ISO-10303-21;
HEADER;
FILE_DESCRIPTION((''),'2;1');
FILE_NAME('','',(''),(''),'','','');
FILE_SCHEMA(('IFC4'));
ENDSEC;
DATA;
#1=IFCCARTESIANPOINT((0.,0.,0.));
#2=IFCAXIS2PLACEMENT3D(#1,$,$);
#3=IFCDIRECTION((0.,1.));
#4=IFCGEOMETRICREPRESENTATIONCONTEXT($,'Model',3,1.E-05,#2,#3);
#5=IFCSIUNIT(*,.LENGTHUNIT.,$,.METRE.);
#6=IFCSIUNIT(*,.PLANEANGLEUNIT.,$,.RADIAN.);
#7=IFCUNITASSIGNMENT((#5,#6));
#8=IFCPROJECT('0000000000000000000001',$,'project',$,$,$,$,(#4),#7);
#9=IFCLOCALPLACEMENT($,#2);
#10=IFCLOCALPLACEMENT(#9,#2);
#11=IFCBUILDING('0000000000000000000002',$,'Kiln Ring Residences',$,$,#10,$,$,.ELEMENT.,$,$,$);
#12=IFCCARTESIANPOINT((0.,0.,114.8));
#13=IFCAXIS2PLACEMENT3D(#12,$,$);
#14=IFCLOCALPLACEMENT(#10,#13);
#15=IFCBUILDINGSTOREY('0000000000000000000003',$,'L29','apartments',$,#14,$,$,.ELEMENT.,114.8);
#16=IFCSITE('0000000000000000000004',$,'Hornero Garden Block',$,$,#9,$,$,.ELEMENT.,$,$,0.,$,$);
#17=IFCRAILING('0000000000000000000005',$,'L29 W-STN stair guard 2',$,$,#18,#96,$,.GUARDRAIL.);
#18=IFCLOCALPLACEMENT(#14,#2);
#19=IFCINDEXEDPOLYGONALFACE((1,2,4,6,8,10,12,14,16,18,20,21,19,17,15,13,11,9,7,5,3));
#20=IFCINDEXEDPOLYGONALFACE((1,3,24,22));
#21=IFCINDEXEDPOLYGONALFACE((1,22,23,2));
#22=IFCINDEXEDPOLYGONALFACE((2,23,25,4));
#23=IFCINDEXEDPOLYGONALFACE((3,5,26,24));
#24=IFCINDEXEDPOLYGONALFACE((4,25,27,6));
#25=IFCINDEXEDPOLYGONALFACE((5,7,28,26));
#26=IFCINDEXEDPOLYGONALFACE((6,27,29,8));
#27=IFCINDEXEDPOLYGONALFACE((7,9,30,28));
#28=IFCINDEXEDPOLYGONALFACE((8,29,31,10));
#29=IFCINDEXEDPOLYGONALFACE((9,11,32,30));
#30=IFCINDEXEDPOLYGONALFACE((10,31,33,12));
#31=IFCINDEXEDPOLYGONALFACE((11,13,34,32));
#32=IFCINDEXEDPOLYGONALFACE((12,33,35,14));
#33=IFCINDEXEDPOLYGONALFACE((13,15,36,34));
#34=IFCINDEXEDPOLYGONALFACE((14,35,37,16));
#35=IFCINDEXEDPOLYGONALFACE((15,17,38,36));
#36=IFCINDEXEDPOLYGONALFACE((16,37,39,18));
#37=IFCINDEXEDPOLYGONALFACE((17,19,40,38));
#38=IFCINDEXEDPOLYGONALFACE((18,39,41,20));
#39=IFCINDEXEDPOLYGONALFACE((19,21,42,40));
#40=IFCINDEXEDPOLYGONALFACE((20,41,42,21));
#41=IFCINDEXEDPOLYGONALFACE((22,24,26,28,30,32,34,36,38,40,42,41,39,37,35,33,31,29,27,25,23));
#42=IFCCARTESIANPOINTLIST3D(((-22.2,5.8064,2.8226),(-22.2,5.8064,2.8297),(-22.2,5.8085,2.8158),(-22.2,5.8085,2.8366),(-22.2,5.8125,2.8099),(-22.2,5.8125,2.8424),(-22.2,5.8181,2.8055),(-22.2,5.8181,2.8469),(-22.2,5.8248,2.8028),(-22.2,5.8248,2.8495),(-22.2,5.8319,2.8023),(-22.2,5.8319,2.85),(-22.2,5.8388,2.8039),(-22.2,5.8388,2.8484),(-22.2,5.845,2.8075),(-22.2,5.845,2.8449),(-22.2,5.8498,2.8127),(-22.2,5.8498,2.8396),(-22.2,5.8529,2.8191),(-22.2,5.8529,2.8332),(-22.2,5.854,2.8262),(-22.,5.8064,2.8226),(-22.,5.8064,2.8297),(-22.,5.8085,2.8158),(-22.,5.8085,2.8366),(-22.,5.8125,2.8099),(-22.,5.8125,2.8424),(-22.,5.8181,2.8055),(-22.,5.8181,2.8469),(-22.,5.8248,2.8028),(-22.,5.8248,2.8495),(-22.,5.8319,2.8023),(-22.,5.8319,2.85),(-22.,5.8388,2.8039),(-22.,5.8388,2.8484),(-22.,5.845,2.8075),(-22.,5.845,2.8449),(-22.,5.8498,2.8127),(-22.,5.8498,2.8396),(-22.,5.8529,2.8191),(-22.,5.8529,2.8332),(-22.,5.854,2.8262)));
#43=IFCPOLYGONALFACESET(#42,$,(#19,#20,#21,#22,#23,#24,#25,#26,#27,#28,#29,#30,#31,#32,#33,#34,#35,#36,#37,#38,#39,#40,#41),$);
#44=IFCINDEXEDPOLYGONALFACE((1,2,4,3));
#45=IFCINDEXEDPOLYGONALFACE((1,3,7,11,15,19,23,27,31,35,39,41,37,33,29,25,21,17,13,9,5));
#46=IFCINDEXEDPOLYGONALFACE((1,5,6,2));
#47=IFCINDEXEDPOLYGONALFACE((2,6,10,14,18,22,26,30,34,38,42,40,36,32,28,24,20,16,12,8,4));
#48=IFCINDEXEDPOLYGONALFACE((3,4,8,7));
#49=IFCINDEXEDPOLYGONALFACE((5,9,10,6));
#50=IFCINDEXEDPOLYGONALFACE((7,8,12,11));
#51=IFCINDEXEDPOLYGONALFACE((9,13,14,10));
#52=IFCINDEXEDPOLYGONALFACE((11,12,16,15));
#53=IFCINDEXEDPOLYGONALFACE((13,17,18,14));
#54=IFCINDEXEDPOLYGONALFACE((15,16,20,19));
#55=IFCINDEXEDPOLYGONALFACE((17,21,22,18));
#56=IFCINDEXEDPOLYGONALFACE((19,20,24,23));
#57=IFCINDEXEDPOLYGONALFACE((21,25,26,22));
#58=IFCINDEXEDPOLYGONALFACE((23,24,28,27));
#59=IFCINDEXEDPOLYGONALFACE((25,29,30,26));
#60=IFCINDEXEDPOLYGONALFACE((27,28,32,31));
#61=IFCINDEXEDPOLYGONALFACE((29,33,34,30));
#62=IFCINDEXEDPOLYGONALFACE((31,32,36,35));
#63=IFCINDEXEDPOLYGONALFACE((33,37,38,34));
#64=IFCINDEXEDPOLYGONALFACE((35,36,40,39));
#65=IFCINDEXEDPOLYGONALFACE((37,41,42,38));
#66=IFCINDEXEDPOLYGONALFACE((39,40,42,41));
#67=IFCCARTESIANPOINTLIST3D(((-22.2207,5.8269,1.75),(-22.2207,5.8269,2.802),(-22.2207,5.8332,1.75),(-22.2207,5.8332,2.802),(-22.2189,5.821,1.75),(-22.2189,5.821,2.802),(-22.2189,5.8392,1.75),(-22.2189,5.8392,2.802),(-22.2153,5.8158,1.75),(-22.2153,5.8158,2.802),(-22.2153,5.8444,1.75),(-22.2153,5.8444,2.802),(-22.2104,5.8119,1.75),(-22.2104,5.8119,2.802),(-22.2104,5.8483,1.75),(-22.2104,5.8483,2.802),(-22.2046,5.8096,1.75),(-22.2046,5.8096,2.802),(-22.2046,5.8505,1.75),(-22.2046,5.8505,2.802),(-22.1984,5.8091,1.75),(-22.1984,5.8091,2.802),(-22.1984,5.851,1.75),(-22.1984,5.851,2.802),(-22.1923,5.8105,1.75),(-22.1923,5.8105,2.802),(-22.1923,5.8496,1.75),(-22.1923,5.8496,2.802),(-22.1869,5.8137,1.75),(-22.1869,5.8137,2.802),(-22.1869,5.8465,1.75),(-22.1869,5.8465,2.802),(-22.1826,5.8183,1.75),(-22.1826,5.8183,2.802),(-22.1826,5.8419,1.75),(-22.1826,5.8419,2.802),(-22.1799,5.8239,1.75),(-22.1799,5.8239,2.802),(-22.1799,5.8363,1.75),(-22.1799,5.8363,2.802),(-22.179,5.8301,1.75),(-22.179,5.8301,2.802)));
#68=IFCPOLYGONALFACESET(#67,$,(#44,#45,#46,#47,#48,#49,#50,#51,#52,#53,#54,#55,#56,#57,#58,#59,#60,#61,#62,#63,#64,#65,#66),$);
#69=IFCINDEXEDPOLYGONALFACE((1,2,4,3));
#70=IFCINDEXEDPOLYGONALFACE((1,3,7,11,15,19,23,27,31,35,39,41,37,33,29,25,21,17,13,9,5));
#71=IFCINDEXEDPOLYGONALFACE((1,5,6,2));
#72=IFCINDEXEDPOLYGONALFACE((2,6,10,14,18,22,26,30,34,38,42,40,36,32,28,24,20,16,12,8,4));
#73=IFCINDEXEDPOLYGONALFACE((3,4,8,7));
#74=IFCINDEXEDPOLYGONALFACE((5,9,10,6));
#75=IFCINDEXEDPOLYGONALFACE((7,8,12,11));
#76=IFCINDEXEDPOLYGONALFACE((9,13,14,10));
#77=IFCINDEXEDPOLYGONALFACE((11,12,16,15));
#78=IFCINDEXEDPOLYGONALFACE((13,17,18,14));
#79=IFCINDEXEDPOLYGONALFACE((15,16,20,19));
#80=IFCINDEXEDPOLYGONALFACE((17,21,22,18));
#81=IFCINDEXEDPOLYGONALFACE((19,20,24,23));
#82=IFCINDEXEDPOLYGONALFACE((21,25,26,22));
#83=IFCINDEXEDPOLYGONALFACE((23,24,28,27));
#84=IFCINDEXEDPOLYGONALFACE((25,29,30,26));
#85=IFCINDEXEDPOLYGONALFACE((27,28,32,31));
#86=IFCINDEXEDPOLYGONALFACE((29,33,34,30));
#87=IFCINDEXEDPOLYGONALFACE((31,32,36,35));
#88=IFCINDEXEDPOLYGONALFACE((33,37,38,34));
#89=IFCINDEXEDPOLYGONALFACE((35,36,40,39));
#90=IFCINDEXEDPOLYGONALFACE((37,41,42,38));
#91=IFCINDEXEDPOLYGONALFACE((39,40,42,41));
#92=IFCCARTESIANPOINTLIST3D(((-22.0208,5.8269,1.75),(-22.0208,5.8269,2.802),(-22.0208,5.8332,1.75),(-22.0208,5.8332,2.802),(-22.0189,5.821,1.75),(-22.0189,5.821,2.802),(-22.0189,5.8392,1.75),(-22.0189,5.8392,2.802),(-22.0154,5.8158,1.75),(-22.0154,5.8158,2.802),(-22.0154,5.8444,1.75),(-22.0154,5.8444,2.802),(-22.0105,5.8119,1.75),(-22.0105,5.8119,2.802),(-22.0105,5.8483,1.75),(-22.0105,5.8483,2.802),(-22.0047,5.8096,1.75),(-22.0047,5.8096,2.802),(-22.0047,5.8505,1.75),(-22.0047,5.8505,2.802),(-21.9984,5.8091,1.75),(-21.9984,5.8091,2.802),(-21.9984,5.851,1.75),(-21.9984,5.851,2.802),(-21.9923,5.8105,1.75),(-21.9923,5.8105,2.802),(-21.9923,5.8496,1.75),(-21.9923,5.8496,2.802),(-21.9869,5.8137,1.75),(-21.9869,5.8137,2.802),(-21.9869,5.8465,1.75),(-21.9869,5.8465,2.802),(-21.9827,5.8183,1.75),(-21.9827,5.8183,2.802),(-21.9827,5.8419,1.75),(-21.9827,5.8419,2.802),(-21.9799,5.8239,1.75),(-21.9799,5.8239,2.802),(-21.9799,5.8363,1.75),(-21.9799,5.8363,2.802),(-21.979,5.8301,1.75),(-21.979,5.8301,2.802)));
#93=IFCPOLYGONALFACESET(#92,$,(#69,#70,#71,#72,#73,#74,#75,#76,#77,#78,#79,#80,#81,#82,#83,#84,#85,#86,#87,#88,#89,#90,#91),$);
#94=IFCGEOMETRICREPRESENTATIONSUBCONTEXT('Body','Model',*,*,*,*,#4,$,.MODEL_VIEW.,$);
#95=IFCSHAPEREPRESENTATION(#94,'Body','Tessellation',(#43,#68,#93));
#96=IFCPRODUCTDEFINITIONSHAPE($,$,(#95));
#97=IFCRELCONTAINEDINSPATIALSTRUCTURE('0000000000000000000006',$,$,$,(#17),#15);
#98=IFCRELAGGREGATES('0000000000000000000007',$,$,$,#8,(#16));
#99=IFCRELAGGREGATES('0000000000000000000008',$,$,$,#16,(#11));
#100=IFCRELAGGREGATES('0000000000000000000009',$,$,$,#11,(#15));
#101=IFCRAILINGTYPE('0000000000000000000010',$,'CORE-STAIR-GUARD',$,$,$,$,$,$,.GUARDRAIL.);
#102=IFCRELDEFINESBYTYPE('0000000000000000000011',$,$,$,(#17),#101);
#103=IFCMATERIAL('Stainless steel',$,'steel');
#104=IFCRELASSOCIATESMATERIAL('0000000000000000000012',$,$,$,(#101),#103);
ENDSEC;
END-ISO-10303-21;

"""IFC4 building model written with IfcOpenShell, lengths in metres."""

from ifc_helpers import new_model, si_unit, direction, frame, origin, origin_2d, place, context, subcontext, project, spatial, circle, extrude, material, type_object, element, save


model = new_model("IFC4")

# Units and contexts
model_context = context("Model", 3, precision=1e-05, world=origin(), true_north=direction((0.0, 1.0)))
body_context = subcontext(model_context, "Body", "Model", "MODEL_VIEW")
ifc_project = project(units=[si_unit("LENGTHUNIT", "METRE"), si_unit("PLANEANGLEUNIT", "RADIAN")], contexts=[model_context])

# Site, building, storey
site_placement = place(None, origin())
site = spatial("IfcSite", under=ifc_project, at=site_placement, Name="Hornero Garden Block", CompositionType="ELEMENT", RefElevation=0.0)
building_placement = place(site_placement, origin())
building = spatial("IfcBuilding", under=site, at=building_placement, Name="Kiln Ring Residences", CompositionType="ELEMENT")
storey_placement = place(building_placement, frame((0.0, 0.0, 114.8)))
storey = spatial("IfcBuildingStorey", under=building, at=storey_placement, Name="L29", Description="apartments", CompositionType="ELEMENT", Elevation=114.8)

# Railing
ifc_material_1 = material(Name="Stainless steel", Category="steel")
railing_type_1 = type_object("IfcRailingType", Name="CORE-STAIR-GUARD", PredefinedType="GUARDRAIL", material=ifc_material_1)
railing_1_placement = place(storey_placement, frame((-22.2, 5.8301, 1.75)))
element("IfcRailing", 1, at=railing_1_placement, inside=storey, type_object=railing_type_1, Name="L29 W-STN stair guard 2", PredefinedType="GUARDRAIL", context=body_context, shape_type="SweptSolid", body=[
    extrude(circle(Radius=0.0239, at=origin_2d()), frame((0.0, 0.0, 1.0762), z_axis=(1.0, 0.0, 0.0), x_axis=(0.0, 1.0, 0.0)), (0.0, 0.0, 1.0), 0.2),
    extrude(circle(Radius=0.021, at=origin_2d()), origin(), (0.0, 0.0, 1.0), 1.052),
    extrude(circle(Radius=0.021, at=origin_2d()), frame((0.2, 0.0, 0.0)), (0.0, 0.0, 1.0), 1.052),
])

save(model, "model.ifc")
